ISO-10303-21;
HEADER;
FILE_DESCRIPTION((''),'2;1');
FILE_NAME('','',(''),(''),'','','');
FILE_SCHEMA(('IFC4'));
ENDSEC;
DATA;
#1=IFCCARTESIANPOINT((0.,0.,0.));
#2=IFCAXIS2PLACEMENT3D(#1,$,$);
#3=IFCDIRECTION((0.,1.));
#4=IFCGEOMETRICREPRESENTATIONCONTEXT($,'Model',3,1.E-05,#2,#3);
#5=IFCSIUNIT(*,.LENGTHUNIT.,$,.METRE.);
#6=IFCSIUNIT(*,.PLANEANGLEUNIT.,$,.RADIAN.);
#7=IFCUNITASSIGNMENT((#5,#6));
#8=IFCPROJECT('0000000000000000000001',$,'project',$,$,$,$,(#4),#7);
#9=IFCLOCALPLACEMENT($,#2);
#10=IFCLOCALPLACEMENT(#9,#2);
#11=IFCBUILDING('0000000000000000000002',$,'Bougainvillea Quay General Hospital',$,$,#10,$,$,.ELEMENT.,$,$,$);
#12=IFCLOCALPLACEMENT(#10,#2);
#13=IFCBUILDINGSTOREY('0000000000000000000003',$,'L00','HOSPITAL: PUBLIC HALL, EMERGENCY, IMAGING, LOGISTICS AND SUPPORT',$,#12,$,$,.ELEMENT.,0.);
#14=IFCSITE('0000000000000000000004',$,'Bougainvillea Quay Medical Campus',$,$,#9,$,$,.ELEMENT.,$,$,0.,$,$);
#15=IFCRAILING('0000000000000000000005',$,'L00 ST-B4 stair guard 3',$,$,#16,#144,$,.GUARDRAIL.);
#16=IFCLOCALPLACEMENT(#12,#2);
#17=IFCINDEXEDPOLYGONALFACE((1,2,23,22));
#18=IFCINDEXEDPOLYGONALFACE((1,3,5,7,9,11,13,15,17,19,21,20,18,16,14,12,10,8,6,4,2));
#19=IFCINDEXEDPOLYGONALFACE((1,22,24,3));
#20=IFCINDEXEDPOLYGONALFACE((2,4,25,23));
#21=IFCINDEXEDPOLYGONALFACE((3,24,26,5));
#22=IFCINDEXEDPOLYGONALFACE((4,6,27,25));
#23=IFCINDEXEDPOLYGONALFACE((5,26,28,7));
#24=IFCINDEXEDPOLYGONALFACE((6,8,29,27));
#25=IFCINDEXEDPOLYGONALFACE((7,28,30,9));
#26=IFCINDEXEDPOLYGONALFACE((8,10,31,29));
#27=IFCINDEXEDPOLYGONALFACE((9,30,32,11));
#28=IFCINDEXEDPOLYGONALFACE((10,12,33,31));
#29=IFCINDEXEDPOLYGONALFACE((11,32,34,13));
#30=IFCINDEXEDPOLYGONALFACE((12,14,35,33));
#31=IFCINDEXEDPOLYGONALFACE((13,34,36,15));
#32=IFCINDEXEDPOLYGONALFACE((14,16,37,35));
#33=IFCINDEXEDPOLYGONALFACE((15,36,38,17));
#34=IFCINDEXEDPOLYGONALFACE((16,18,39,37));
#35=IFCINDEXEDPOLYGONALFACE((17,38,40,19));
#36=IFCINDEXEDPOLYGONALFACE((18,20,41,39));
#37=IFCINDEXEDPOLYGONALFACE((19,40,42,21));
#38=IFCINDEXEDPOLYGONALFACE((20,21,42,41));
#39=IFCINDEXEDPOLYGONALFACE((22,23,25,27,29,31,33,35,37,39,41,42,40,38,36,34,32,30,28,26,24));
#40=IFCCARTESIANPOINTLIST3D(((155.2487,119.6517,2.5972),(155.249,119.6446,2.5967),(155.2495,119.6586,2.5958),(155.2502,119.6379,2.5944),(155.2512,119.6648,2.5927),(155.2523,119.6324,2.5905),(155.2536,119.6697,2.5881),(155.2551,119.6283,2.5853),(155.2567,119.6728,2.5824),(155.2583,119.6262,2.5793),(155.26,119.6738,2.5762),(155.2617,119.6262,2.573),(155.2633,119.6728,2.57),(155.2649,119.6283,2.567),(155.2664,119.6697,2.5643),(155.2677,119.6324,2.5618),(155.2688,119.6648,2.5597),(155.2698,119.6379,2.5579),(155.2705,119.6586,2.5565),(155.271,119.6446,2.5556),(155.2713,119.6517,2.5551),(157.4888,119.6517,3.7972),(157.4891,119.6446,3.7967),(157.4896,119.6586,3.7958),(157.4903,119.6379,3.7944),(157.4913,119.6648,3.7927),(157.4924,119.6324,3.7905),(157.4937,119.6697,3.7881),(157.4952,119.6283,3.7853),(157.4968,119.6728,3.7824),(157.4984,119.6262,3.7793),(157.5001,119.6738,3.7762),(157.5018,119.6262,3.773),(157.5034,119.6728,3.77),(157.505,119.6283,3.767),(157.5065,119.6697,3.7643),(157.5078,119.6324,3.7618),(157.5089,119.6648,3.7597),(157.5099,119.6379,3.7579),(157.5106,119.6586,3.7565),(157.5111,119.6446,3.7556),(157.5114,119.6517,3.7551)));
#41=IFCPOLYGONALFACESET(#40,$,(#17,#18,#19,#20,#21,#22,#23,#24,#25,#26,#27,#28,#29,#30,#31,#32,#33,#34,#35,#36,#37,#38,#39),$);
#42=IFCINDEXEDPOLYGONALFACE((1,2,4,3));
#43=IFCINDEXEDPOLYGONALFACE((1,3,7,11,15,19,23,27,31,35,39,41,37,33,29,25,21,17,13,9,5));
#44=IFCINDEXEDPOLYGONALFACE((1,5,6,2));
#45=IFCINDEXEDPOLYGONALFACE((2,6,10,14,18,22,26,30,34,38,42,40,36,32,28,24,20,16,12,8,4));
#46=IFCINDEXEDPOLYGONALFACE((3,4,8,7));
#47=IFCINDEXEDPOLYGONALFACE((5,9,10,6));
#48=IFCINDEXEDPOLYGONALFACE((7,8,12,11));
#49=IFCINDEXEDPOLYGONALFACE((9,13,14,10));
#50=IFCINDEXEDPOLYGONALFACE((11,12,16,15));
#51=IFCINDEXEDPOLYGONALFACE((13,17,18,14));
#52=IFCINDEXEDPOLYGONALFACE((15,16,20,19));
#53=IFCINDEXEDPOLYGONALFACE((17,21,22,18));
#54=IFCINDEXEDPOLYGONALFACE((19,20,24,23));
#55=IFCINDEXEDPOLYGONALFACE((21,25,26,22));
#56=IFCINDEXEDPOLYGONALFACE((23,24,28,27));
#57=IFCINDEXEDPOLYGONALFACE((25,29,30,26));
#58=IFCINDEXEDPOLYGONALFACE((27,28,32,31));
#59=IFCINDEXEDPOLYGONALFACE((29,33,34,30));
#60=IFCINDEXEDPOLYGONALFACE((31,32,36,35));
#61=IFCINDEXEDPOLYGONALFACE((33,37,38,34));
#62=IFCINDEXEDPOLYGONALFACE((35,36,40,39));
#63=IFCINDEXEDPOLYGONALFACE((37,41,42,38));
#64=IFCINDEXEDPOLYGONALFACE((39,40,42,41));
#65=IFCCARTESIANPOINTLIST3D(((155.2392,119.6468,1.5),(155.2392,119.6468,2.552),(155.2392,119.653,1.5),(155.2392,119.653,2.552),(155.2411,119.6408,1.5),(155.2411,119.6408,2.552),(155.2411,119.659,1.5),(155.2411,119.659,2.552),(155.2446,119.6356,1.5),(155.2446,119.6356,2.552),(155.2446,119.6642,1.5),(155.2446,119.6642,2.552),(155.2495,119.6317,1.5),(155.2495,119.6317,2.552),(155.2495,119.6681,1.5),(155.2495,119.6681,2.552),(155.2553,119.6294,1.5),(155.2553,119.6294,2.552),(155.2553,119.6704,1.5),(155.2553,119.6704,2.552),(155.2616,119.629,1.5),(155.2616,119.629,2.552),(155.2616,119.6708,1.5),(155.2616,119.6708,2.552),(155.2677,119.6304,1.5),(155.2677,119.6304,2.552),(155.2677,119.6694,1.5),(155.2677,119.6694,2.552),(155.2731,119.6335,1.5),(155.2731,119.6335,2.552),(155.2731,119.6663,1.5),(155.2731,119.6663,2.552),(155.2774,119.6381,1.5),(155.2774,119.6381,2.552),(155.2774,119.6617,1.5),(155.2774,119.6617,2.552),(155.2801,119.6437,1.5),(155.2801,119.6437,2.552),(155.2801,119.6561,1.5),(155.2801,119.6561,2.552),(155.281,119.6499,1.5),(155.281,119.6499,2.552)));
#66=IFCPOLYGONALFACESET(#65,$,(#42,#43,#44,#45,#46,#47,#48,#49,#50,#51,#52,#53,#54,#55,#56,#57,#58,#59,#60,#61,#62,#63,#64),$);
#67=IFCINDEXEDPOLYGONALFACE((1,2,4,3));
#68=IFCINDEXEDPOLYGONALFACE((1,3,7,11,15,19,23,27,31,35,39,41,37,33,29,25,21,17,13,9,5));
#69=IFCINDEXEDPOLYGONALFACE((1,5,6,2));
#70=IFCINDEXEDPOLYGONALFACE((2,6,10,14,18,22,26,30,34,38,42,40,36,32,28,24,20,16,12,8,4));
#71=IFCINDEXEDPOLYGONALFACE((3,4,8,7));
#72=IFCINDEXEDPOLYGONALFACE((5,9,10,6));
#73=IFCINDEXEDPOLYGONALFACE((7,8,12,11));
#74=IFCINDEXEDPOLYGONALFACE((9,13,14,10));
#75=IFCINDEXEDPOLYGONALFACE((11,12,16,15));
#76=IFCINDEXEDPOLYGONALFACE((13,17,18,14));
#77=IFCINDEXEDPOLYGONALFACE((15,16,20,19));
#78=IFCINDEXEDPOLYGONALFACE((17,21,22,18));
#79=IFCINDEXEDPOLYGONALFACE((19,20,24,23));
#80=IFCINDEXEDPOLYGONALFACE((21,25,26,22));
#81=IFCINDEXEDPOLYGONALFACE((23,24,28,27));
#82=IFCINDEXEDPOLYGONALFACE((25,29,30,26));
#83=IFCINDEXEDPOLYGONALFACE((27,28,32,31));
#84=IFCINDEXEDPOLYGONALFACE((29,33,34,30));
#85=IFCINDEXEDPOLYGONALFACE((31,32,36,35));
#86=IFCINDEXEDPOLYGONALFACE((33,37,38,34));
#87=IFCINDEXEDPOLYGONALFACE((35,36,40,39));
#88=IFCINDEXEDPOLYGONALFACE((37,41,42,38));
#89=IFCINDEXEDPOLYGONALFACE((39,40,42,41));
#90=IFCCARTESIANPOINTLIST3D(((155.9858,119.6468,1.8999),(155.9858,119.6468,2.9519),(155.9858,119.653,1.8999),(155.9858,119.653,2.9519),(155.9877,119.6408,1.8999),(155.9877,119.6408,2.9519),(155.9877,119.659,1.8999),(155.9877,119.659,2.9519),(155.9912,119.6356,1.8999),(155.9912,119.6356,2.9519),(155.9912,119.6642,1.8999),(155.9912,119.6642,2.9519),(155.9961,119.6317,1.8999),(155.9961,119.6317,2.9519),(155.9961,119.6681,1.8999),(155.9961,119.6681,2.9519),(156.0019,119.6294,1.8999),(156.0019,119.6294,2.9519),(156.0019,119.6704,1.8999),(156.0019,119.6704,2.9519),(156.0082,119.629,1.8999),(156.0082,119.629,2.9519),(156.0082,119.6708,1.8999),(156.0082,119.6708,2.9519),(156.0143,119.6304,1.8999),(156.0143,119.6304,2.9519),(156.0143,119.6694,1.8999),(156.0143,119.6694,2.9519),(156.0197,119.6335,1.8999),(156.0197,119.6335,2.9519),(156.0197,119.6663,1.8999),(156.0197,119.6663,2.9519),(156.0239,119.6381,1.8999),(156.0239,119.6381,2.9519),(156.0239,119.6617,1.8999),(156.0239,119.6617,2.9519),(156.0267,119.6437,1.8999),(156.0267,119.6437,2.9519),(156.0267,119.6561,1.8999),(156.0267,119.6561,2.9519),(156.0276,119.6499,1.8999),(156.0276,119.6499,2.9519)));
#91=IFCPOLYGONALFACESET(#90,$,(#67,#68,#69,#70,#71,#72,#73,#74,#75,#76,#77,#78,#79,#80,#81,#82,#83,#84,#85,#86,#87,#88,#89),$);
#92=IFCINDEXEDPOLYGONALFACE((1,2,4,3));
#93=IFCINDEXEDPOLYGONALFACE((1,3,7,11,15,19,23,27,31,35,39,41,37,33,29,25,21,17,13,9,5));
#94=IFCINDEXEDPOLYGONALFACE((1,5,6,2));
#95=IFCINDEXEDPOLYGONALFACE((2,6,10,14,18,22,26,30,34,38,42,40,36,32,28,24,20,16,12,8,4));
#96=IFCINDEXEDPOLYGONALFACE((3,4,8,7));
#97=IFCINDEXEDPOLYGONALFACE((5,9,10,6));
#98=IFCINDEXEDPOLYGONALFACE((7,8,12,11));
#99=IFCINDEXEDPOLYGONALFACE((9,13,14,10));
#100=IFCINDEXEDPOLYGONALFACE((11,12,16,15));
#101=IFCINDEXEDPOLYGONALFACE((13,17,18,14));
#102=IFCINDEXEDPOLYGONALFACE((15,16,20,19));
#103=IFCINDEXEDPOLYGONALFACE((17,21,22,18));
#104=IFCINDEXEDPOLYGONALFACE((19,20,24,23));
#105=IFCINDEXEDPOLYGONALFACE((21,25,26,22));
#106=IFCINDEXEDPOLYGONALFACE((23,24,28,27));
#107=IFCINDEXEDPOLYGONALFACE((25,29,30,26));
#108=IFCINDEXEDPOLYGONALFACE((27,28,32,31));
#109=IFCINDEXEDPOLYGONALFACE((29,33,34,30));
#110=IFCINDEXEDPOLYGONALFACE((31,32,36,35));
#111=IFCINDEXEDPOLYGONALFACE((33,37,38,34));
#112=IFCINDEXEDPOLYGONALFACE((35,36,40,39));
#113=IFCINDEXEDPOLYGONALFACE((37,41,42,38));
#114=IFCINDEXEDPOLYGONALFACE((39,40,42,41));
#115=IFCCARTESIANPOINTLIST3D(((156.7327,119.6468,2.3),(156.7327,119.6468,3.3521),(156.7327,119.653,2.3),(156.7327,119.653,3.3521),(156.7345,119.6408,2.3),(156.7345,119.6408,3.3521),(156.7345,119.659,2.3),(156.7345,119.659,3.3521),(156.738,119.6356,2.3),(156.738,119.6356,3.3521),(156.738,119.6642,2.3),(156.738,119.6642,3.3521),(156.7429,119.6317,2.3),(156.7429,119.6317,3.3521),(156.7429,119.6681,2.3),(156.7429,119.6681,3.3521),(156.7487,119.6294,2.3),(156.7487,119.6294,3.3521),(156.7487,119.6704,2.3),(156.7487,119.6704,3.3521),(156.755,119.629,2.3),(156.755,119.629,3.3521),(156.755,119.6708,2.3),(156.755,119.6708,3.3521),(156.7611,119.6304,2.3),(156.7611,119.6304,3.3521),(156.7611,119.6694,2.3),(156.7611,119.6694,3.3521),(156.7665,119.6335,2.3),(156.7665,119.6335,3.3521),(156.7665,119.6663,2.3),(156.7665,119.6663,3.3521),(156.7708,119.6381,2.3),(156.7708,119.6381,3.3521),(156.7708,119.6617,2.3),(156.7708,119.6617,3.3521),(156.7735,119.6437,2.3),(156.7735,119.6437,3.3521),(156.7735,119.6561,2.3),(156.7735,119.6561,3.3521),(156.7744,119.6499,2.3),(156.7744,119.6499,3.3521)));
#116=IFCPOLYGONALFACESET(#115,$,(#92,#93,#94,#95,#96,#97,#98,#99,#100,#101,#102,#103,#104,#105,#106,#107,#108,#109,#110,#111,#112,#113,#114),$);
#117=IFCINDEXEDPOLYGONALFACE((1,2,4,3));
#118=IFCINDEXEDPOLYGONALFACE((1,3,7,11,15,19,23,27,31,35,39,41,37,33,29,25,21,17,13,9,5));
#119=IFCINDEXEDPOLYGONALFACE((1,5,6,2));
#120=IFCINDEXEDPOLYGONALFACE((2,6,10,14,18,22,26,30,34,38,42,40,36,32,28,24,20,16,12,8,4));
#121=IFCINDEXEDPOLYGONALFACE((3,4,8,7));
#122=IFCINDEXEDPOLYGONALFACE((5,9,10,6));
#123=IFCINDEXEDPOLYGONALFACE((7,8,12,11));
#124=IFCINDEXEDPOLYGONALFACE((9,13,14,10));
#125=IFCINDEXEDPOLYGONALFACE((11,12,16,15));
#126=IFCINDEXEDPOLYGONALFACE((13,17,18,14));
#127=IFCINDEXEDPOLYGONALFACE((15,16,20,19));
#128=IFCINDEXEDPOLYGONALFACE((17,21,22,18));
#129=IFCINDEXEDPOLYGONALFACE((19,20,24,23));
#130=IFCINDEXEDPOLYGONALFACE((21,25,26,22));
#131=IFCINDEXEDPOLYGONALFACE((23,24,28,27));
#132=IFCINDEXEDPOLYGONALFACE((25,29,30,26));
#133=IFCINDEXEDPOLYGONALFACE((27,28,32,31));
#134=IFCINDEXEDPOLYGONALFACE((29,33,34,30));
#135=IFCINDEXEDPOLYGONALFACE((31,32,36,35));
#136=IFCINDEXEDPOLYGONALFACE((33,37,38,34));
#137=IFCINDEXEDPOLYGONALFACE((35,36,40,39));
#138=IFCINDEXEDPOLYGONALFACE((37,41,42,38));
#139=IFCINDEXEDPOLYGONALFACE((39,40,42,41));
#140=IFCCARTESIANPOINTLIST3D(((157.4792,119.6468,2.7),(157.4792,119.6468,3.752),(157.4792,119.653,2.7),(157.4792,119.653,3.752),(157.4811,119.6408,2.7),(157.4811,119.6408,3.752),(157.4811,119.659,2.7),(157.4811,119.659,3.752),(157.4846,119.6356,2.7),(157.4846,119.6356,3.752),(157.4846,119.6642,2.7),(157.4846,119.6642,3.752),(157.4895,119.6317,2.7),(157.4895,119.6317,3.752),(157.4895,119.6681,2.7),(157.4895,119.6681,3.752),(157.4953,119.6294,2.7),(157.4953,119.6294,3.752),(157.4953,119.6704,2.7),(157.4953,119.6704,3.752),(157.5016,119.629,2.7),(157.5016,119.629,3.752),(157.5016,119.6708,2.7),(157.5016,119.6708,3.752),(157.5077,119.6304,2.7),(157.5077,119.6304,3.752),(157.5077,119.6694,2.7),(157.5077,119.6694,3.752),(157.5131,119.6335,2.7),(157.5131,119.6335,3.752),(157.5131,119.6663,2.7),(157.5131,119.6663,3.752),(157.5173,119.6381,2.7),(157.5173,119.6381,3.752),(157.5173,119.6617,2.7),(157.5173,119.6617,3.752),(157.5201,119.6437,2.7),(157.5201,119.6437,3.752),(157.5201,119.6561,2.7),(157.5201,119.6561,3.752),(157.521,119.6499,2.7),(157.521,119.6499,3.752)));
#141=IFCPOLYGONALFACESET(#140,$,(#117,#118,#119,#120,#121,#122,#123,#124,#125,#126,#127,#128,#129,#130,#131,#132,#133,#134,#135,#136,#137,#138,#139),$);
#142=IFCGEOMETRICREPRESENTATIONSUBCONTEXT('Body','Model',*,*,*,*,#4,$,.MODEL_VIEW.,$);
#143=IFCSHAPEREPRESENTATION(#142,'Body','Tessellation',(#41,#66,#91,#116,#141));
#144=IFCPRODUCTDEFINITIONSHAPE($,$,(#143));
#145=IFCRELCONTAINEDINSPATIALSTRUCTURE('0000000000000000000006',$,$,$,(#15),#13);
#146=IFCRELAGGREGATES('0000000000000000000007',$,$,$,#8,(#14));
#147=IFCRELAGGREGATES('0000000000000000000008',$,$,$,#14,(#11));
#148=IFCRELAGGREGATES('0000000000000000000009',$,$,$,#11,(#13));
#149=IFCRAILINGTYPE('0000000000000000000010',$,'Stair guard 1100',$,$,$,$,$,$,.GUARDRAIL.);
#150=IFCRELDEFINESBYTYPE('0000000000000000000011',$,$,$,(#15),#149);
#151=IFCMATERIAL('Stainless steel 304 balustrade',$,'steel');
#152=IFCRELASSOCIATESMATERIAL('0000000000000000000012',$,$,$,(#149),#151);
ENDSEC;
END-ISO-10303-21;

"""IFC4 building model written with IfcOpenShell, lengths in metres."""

from ifc_helpers import new_model, si_unit, direction, frame, origin, origin_2d, place, context, subcontext, project, spatial, circle, extrude, material, type_object, element, save


model = new_model("IFC4")

# Units and contexts
model_context = context("Model", 3, precision=1e-05, world=origin(), true_north=direction((0.0, 1.0)))
body_context = subcontext(model_context, "Body", "Model", "MODEL_VIEW")
ifc_project = project(units=[si_unit("LENGTHUNIT", "METRE"), si_unit("PLANEANGLEUNIT", "RADIAN")], contexts=[model_context])

# Site, building, storey
site_placement = place(None, origin())
site = spatial("IfcSite", under=ifc_project, at=site_placement, Name="Bougainvillea Quay Medical Campus", CompositionType="ELEMENT", RefElevation=0.0)
building_placement = place(site_placement, origin())
building = spatial("IfcBuilding", under=site, at=building_placement, Name="Bougainvillea Quay General Hospital", CompositionType="ELEMENT")
storey_placement = place(building_placement, origin())
storey = spatial("IfcBuildingStorey", under=building, at=storey_placement, Name="L00", Description="HOSPITAL: PUBLIC HALL, EMERGENCY, IMAGING, LOGISTICS AND SUPPORT", CompositionType="ELEMENT", Elevation=0.0)

# Railing
ifc_material_1 = material(Name="Stainless steel 304 balustrade", Category="steel")
railing_type_1 = type_object("IfcRailingType", Name="Stair guard 1100", PredefinedType="GUARDRAIL", material=ifc_material_1)
railing_1_placement = place(storey_placement, frame((155.26, 119.6499, 1.5)))
element("IfcRailing", 1, at=railing_1_placement, inside=storey, type_object=railing_type_1, Name="L00 ST-B4 stair guard 3", PredefinedType="GUARDRAIL", context=body_context, shape_type="SweptSolid", body=[
    extrude(circle(Radius=0.0239, at=origin_2d()), frame((0.0, 0.0, 1.0762), z_axis=(0.881487, 0.0, 0.472208), x_axis=(0.0, 1.0, 0.0)), (0.0, 0.0, 1.0), 2.5413),
    extrude(circle(Radius=0.021, at=origin_2d()), origin(), (0.0, 0.0, 1.0), 1.052),
    extrude(circle(Radius=0.021, at=origin_2d()), frame((0.7466, 0.0, 0.3999)), (0.0, 0.0, 1.0), 1.052),
    extrude(circle(Radius=0.021, at=origin_2d()), frame((1.4934, 0.0, 0.8)), (0.0, 0.0, 1.0), 1.052),
    extrude(circle(Radius=0.021, at=origin_2d()), frame((2.24, 0.0, 1.2)), (0.0, 0.0, 1.0), 1.052),
])

save(model, "model.ifc")
